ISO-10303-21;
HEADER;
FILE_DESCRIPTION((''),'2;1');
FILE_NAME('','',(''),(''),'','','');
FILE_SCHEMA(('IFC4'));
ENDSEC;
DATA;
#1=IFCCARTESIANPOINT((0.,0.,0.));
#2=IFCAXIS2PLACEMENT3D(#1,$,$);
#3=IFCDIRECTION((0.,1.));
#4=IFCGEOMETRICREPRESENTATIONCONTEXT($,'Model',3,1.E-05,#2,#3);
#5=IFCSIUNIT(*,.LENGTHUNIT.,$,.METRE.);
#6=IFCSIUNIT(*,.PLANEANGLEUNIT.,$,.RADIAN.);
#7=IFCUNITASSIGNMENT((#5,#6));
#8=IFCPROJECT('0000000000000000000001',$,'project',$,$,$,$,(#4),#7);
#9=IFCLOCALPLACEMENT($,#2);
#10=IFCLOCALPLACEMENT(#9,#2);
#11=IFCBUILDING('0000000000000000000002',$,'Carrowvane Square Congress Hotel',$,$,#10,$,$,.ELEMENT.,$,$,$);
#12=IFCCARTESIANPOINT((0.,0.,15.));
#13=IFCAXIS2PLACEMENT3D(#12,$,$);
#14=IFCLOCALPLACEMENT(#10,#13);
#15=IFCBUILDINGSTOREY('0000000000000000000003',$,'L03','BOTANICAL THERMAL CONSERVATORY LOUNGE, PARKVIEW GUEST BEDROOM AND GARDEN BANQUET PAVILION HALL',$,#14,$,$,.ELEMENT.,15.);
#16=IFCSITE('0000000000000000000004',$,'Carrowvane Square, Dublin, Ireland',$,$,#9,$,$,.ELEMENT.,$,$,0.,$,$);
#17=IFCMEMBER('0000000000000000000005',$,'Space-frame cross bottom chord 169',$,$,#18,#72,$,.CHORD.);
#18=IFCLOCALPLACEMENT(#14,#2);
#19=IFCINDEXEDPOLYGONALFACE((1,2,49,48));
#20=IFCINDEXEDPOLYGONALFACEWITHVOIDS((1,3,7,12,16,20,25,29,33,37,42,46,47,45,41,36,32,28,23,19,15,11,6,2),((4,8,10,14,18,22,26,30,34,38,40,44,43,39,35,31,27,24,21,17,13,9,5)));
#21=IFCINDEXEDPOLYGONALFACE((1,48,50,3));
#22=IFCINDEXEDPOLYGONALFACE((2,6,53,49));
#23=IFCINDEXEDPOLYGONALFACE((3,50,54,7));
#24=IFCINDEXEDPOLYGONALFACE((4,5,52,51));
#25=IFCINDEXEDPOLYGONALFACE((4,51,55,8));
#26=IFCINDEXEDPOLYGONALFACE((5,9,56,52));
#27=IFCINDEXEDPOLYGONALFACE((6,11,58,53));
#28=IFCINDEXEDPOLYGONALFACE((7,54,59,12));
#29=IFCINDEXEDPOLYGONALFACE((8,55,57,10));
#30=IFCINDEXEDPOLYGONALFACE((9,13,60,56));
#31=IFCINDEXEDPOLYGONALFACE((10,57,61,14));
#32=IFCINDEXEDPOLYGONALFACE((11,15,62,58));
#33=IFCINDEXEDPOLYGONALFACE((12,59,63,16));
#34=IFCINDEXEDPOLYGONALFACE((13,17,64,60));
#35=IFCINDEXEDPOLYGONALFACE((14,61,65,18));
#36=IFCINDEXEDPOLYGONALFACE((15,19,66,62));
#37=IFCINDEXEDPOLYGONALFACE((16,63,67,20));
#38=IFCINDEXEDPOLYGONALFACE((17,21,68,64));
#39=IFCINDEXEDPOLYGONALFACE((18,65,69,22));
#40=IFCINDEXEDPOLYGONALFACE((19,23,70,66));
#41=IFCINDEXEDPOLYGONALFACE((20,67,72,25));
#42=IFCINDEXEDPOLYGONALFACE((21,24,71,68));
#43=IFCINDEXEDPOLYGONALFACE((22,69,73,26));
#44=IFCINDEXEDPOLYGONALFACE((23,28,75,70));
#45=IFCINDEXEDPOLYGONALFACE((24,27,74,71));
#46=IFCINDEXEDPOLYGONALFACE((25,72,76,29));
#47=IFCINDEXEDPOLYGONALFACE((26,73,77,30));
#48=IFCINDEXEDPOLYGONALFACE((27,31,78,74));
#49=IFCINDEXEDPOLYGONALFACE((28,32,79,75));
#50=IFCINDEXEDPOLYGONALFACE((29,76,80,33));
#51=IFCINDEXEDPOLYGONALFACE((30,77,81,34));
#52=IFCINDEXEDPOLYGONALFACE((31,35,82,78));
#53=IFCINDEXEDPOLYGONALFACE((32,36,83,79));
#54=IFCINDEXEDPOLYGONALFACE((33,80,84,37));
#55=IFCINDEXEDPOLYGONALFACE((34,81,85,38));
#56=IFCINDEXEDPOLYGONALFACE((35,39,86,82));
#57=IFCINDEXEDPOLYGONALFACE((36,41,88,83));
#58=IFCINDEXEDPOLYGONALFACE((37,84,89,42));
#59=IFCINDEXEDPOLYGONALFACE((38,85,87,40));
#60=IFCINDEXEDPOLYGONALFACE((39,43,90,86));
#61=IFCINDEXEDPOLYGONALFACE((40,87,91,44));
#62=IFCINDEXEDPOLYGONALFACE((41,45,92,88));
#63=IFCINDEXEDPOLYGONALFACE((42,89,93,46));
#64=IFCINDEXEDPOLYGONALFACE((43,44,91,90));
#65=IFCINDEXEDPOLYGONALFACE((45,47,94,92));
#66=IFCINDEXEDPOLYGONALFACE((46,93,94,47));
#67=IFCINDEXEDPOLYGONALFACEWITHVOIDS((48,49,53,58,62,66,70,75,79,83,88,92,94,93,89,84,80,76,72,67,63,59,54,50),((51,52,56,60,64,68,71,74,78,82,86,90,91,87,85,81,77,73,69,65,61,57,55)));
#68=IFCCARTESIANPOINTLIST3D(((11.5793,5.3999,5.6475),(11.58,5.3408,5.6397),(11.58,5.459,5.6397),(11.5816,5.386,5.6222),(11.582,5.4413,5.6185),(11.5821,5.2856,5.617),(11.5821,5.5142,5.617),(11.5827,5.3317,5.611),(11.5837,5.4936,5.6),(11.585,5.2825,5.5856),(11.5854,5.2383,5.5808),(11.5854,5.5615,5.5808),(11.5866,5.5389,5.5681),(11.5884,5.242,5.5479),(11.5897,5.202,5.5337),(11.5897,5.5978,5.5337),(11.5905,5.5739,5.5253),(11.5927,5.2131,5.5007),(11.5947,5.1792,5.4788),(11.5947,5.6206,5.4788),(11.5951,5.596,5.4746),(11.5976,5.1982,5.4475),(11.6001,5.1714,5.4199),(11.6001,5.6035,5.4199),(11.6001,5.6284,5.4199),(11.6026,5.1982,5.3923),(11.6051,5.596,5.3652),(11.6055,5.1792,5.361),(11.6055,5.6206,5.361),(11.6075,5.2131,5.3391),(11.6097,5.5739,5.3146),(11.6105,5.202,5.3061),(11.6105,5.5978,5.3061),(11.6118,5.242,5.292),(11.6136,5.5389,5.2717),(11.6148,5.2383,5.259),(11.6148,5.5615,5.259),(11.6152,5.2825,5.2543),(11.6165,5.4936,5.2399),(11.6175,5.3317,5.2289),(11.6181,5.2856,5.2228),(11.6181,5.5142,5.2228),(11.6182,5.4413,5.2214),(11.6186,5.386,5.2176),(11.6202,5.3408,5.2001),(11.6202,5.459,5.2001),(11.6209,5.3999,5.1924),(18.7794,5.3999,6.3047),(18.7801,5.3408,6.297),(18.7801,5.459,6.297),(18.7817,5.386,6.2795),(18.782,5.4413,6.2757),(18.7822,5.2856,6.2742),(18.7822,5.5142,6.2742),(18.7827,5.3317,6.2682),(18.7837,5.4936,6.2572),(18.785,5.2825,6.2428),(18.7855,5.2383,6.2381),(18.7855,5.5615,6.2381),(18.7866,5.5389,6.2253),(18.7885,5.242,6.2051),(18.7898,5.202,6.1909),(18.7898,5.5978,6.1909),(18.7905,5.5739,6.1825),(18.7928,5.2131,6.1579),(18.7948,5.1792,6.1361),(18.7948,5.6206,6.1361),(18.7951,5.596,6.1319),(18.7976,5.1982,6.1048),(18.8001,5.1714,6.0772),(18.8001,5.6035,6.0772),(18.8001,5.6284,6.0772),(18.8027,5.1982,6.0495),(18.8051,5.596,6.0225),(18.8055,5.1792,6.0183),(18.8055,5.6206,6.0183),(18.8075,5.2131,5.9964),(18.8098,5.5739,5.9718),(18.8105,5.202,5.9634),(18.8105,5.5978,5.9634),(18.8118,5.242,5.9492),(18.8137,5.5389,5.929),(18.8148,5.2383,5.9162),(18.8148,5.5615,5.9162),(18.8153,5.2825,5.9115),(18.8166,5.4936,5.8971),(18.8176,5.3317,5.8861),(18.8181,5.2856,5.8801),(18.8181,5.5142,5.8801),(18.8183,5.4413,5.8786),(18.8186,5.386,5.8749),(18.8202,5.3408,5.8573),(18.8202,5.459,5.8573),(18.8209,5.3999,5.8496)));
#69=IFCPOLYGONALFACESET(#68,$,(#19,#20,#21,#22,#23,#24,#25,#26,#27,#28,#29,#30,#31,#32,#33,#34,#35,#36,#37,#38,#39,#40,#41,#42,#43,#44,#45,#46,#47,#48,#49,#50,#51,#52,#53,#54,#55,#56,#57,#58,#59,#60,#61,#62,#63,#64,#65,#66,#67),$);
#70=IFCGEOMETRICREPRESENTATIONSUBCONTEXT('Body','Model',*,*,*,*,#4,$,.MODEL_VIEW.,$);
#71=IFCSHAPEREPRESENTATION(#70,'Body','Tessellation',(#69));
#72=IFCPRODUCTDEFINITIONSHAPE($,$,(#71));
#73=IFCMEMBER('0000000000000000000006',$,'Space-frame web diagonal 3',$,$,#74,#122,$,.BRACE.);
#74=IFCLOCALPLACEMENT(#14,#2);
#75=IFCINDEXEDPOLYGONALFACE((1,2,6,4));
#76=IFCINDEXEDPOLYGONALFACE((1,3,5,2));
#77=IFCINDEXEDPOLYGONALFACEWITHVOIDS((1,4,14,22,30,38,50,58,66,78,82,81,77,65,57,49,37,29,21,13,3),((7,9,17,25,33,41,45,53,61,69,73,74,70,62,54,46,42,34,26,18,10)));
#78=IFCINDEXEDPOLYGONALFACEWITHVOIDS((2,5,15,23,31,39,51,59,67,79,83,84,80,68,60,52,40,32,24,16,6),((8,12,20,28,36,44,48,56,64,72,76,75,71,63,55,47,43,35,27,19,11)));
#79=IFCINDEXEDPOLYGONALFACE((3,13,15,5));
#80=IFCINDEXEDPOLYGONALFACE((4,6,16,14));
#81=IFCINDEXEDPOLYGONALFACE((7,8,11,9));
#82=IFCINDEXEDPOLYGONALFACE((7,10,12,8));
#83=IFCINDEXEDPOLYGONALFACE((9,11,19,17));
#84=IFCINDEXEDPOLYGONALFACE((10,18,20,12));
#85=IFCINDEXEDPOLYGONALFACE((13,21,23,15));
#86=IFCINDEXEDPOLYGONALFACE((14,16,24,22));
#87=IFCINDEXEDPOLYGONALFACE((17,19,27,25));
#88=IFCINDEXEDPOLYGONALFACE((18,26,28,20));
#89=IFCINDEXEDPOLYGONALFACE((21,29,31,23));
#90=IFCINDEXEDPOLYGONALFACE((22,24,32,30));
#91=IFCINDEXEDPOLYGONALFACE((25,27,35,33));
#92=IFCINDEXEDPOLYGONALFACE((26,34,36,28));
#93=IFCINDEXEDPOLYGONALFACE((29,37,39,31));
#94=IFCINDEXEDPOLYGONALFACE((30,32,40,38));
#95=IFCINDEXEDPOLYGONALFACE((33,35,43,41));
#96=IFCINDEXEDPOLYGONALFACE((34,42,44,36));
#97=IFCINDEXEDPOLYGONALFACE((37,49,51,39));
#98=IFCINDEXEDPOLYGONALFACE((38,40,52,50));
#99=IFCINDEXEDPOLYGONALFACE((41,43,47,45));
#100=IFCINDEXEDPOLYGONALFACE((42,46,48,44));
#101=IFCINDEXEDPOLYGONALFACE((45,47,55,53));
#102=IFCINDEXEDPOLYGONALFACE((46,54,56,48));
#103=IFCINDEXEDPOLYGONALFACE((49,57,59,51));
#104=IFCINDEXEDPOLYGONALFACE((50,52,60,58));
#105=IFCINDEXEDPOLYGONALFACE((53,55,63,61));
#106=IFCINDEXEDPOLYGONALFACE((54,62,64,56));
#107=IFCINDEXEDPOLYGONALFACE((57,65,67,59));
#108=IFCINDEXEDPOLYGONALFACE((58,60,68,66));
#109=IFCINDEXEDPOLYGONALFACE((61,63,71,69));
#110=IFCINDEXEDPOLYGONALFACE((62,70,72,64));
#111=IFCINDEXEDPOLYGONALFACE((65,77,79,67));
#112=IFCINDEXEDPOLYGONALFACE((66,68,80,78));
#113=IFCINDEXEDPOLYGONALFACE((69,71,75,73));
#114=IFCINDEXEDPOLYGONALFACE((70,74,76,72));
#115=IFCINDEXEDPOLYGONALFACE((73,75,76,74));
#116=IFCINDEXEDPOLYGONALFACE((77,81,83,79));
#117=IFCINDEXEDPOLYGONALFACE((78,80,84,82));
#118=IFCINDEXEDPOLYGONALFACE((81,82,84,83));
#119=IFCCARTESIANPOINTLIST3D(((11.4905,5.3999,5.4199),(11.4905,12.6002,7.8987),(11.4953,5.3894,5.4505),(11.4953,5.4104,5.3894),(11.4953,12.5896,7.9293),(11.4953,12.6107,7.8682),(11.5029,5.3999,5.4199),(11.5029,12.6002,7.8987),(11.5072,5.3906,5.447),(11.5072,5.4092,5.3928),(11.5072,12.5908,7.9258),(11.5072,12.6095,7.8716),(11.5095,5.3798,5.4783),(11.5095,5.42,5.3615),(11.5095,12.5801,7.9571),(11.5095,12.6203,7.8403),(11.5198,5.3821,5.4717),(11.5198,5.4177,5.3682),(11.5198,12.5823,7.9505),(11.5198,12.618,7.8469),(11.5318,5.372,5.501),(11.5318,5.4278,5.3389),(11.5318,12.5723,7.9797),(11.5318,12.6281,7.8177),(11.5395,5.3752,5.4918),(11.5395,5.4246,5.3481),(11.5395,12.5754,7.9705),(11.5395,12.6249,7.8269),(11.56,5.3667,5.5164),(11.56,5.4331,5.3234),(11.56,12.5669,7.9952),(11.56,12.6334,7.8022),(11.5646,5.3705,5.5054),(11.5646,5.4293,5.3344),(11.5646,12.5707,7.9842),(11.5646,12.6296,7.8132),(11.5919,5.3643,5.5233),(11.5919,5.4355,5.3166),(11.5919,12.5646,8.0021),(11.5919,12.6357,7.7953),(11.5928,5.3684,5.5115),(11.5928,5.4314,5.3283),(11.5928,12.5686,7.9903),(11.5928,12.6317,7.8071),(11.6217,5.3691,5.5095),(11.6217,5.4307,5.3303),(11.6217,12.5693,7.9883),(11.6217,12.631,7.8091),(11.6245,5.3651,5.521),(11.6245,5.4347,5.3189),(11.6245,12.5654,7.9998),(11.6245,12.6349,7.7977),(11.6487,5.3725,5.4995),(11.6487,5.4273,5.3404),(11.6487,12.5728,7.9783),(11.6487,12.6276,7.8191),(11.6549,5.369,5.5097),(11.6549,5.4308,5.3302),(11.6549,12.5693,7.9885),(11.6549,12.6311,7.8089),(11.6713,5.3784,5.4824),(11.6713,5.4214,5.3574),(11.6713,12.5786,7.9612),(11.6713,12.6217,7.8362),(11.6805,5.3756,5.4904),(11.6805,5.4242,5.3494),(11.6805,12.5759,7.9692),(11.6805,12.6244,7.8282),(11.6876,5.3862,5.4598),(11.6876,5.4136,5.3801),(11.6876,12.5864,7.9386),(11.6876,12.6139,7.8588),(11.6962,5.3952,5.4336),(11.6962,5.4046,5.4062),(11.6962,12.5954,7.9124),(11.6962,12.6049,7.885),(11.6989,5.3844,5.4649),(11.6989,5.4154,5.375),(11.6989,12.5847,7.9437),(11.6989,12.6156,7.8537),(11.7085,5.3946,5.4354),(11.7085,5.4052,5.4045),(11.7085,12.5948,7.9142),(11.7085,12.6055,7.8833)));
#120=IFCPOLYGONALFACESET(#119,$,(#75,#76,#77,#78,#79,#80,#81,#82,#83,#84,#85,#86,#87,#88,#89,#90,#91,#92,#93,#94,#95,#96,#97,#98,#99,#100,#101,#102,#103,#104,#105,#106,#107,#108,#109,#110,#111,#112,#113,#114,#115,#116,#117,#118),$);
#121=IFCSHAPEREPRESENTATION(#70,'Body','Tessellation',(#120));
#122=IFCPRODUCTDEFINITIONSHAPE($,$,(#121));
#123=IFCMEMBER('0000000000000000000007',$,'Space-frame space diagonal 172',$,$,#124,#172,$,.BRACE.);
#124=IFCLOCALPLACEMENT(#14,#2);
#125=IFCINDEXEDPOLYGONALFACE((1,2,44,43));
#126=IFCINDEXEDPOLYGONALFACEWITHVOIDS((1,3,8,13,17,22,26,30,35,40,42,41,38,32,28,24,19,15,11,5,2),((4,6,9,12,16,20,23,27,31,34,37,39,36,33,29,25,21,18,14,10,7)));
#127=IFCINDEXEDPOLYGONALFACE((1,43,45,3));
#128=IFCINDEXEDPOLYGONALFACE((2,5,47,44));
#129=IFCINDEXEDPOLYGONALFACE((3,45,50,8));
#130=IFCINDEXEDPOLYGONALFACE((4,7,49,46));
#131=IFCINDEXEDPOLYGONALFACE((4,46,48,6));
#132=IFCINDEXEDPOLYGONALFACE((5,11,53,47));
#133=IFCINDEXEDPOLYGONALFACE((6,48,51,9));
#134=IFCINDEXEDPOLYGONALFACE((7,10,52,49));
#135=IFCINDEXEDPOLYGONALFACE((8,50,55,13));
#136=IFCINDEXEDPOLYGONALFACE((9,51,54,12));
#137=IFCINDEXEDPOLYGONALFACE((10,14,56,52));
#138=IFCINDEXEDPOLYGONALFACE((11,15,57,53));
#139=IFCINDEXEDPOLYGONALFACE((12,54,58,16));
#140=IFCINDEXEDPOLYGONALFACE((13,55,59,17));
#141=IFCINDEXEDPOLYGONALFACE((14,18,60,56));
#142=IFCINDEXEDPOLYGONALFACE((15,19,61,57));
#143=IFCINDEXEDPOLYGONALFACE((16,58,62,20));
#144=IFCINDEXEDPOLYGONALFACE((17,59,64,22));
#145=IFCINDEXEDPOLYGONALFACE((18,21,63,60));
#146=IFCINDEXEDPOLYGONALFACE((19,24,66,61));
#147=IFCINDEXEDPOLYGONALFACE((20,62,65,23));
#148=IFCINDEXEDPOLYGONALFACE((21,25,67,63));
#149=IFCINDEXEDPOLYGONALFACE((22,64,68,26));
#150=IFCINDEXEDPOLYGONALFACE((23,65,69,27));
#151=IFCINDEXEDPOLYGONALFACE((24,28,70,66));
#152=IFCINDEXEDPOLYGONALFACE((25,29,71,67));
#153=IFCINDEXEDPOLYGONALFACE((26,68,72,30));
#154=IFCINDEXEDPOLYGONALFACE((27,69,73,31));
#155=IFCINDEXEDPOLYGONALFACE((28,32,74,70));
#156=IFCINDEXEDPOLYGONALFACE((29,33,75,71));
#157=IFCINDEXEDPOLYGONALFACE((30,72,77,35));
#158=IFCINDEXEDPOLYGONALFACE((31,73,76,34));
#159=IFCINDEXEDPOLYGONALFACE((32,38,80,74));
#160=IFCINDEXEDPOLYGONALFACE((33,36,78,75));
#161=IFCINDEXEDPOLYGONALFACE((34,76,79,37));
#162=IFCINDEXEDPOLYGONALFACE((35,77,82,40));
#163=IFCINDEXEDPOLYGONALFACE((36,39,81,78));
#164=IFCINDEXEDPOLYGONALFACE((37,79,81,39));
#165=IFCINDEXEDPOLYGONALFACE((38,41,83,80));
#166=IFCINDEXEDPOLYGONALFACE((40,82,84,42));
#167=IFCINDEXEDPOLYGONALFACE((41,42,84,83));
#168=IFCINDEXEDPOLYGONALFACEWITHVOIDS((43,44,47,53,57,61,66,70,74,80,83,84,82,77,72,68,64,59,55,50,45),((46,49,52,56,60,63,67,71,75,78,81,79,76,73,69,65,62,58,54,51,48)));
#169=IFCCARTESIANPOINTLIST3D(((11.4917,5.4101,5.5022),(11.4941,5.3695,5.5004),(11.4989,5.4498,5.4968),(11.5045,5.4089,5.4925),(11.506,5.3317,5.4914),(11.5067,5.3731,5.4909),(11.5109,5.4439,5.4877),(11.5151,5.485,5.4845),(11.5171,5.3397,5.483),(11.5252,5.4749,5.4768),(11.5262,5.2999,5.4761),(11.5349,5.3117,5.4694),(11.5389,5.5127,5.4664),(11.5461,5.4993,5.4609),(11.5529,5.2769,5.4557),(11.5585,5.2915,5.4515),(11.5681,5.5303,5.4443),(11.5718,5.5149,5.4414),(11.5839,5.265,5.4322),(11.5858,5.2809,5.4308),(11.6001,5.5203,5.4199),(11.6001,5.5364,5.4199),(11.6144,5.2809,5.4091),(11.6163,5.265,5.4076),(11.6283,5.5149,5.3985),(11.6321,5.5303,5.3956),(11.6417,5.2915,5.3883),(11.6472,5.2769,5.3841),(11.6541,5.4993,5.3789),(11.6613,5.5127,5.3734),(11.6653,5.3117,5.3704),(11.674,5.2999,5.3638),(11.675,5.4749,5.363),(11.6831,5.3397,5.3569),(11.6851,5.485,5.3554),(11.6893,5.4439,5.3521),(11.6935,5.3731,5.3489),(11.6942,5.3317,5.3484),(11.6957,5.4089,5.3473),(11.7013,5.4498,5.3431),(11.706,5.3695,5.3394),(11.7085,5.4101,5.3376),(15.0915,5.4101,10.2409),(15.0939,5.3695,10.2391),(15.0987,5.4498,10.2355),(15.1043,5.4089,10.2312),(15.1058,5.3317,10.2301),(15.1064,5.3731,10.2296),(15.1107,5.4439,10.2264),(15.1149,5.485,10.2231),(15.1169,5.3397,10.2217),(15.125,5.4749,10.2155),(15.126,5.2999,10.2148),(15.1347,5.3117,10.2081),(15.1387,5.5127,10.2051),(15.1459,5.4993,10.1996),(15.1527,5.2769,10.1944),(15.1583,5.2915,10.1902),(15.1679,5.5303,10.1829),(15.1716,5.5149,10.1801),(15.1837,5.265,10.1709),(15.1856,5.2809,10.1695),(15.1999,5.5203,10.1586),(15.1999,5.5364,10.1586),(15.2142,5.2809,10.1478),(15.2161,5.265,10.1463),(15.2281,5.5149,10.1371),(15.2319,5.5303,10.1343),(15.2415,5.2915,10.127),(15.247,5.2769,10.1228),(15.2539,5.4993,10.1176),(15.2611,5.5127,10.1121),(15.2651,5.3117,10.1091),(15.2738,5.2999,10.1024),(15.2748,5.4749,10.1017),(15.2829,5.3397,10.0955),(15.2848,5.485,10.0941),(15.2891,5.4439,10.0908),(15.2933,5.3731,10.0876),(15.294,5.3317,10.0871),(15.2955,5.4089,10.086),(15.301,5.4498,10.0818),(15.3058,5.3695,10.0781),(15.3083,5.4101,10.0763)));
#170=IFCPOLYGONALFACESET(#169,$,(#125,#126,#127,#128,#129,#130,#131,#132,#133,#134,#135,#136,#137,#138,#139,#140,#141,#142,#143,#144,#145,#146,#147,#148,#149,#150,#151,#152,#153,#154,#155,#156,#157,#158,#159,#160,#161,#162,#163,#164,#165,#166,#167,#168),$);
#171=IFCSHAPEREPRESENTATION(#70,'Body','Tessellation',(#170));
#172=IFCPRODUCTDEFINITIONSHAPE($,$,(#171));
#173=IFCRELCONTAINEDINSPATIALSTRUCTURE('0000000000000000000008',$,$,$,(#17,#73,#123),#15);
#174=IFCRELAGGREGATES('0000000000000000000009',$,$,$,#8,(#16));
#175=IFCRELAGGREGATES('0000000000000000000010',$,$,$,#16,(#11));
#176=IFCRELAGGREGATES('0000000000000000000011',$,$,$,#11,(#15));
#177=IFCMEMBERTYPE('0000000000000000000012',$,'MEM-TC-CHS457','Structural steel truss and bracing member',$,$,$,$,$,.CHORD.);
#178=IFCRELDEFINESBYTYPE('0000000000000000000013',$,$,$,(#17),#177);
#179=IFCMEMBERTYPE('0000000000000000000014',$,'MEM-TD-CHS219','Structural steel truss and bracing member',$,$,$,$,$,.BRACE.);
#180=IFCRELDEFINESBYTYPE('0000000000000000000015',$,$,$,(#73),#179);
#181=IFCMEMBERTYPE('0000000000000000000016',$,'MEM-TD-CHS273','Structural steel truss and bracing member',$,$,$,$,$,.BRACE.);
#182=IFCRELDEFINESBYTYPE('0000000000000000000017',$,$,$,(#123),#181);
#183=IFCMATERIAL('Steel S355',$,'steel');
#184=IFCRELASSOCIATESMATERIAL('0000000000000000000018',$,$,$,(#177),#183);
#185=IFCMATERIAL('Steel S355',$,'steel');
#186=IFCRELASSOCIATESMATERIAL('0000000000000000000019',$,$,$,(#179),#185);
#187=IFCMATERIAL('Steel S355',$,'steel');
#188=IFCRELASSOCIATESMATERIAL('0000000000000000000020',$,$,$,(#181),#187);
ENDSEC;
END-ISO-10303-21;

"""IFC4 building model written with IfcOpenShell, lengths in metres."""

from ifc_helpers import new_model, si_unit, direction, frame, origin, origin_2d, place, context, subcontext, project, spatial, hollow_circle, extrude, material, material_profile, profile_set, type_object, element, save


model = new_model("IFC4")

# Units and contexts
model_context = context("Model", 3, precision=1e-05, world=origin(), true_north=direction((0.0, 1.0)))
body_context = subcontext(model_context, "Body", "Model", "MODEL_VIEW")
ifc_project = project(units=[si_unit("LENGTHUNIT", "METRE"), si_unit("PLANEANGLEUNIT", "RADIAN")], contexts=[model_context])

# Site, building, storey
site_placement = place(None, origin())
site = spatial("IfcSite", under=ifc_project, at=site_placement, Name="Carrowvane Square, Dublin, Ireland", CompositionType="ELEMENT", RefElevation=0.0)
building_placement = place(site_placement, origin())
building = spatial("IfcBuilding", under=site, at=building_placement, Name="Carrowvane Square Congress Hotel", CompositionType="ELEMENT")
storey_placement = place(building_placement, frame((0.0, 0.0, 15.0)))
storey = spatial("IfcBuildingStorey", under=building, at=storey_placement, Name="L03", Description="BOTANICAL THERMAL CONSERVATORY LOUNGE, PARKVIEW GUEST BEDROOM AND GARDEN BANQUET PAVILION HALL", CompositionType="ELEMENT", Elevation=15.0)

# Members
ifc_material_1 = material(Name="Steel S355", Category="steel")
ifc_material_profile_1 = material_profile(ifc_material_1, hollow_circle(Radius=0.2285, WallThickness=0.0249, at=origin_2d()), Name="CHS 457.0x25")
ifc_profile_set_1 = profile_set([ifc_material_profile_1], Name="Steel S355")
member_type_1 = type_object("IfcMemberType", Name="MEM-TC-CHS457", Description="Structural steel truss and bracing member", PredefinedType="CHORD", material=ifc_profile_set_1)
member_1_placement = place(storey_placement, frame((11.6001, 5.3999, 5.4199), z_axis=(0.99586, 0.0, 0.090904), x_axis=(0.0, 1.0, 0.0)))
element("IfcMember", 1, at=member_1_placement, inside=storey, type_object=member_type_1, Name="Space-frame cross bottom chord 169", PredefinedType="CHORD", context=body_context, shape_type="SweptSolid", body=[
    extrude(hollow_circle(Radius=0.2285, WallThickness=0.0249, at=origin_2d()), origin(), (0.0, 0.0, 1.0), 7.23),
])
ifc_material_2 = material(Name="Steel S355", Category="steel")
ifc_material_profile_2 = material_profile(ifc_material_2, hollow_circle(Radius=0.1096, WallThickness=0.0125, at=origin_2d()), Name="CHS 219.1x12.5")
ifc_profile_set_2 = profile_set([ifc_material_profile_2], Name="Steel S355")
member_type_2 = type_object("IfcMemberType", Name="MEM-TD-CHS219", Description="Structural steel truss and bracing member", PredefinedType="BRACE", material=ifc_profile_set_2)
member_2_placement = place(storey_placement, frame((11.6001, 5.3999, 5.4199), z_axis=(0.0, 0.945537, 0.325513), x_axis=(-1.0, 0.0, 0.0)))
element("IfcMember", 2, at=member_2_placement, inside=storey, type_object=member_type_2, Name="Space-frame web diagonal 3", PredefinedType="BRACE", context=body_context, shape_type="SweptSolid", body=[
    extrude(hollow_circle(Radius=0.1096, WallThickness=0.0125, at=origin_2d()), origin(), (0.0, 0.0, 1.0), 7.615),
])
ifc_material_3 = material(Name="Steel S355", Category="steel")
ifc_material_profile_3 = material_profile(ifc_material_3, hollow_circle(Radius=0.1365, WallThickness=0.0161, at=origin_2d()), Name="CHS 273.0x16")
ifc_profile_set_3 = profile_set([ifc_material_profile_3], Name="Steel S355")
member_type_3 = type_object("IfcMemberType", Name="MEM-TD-CHS273", Description="Structural steel truss and bracing member", PredefinedType="BRACE", material=ifc_profile_set_3)
member_3_placement = place(storey_placement, frame((11.6001, 5.3999, 5.4199), z_axis=(0.604912, 0.0, 0.796293), x_axis=(0.0, 1.0, 0.0)))
element("IfcMember", 3, at=member_3_placement, inside=storey, type_object=member_type_3, Name="Space-frame space diagonal 172", PredefinedType="BRACE", context=body_context, shape_type="SweptSolid", body=[
    extrude(hollow_circle(Radius=0.1365, WallThickness=0.0161, at=origin_2d()), origin(), (0.0, 0.0, 1.0), 5.9509),
])

save(model, "model.ifc")
